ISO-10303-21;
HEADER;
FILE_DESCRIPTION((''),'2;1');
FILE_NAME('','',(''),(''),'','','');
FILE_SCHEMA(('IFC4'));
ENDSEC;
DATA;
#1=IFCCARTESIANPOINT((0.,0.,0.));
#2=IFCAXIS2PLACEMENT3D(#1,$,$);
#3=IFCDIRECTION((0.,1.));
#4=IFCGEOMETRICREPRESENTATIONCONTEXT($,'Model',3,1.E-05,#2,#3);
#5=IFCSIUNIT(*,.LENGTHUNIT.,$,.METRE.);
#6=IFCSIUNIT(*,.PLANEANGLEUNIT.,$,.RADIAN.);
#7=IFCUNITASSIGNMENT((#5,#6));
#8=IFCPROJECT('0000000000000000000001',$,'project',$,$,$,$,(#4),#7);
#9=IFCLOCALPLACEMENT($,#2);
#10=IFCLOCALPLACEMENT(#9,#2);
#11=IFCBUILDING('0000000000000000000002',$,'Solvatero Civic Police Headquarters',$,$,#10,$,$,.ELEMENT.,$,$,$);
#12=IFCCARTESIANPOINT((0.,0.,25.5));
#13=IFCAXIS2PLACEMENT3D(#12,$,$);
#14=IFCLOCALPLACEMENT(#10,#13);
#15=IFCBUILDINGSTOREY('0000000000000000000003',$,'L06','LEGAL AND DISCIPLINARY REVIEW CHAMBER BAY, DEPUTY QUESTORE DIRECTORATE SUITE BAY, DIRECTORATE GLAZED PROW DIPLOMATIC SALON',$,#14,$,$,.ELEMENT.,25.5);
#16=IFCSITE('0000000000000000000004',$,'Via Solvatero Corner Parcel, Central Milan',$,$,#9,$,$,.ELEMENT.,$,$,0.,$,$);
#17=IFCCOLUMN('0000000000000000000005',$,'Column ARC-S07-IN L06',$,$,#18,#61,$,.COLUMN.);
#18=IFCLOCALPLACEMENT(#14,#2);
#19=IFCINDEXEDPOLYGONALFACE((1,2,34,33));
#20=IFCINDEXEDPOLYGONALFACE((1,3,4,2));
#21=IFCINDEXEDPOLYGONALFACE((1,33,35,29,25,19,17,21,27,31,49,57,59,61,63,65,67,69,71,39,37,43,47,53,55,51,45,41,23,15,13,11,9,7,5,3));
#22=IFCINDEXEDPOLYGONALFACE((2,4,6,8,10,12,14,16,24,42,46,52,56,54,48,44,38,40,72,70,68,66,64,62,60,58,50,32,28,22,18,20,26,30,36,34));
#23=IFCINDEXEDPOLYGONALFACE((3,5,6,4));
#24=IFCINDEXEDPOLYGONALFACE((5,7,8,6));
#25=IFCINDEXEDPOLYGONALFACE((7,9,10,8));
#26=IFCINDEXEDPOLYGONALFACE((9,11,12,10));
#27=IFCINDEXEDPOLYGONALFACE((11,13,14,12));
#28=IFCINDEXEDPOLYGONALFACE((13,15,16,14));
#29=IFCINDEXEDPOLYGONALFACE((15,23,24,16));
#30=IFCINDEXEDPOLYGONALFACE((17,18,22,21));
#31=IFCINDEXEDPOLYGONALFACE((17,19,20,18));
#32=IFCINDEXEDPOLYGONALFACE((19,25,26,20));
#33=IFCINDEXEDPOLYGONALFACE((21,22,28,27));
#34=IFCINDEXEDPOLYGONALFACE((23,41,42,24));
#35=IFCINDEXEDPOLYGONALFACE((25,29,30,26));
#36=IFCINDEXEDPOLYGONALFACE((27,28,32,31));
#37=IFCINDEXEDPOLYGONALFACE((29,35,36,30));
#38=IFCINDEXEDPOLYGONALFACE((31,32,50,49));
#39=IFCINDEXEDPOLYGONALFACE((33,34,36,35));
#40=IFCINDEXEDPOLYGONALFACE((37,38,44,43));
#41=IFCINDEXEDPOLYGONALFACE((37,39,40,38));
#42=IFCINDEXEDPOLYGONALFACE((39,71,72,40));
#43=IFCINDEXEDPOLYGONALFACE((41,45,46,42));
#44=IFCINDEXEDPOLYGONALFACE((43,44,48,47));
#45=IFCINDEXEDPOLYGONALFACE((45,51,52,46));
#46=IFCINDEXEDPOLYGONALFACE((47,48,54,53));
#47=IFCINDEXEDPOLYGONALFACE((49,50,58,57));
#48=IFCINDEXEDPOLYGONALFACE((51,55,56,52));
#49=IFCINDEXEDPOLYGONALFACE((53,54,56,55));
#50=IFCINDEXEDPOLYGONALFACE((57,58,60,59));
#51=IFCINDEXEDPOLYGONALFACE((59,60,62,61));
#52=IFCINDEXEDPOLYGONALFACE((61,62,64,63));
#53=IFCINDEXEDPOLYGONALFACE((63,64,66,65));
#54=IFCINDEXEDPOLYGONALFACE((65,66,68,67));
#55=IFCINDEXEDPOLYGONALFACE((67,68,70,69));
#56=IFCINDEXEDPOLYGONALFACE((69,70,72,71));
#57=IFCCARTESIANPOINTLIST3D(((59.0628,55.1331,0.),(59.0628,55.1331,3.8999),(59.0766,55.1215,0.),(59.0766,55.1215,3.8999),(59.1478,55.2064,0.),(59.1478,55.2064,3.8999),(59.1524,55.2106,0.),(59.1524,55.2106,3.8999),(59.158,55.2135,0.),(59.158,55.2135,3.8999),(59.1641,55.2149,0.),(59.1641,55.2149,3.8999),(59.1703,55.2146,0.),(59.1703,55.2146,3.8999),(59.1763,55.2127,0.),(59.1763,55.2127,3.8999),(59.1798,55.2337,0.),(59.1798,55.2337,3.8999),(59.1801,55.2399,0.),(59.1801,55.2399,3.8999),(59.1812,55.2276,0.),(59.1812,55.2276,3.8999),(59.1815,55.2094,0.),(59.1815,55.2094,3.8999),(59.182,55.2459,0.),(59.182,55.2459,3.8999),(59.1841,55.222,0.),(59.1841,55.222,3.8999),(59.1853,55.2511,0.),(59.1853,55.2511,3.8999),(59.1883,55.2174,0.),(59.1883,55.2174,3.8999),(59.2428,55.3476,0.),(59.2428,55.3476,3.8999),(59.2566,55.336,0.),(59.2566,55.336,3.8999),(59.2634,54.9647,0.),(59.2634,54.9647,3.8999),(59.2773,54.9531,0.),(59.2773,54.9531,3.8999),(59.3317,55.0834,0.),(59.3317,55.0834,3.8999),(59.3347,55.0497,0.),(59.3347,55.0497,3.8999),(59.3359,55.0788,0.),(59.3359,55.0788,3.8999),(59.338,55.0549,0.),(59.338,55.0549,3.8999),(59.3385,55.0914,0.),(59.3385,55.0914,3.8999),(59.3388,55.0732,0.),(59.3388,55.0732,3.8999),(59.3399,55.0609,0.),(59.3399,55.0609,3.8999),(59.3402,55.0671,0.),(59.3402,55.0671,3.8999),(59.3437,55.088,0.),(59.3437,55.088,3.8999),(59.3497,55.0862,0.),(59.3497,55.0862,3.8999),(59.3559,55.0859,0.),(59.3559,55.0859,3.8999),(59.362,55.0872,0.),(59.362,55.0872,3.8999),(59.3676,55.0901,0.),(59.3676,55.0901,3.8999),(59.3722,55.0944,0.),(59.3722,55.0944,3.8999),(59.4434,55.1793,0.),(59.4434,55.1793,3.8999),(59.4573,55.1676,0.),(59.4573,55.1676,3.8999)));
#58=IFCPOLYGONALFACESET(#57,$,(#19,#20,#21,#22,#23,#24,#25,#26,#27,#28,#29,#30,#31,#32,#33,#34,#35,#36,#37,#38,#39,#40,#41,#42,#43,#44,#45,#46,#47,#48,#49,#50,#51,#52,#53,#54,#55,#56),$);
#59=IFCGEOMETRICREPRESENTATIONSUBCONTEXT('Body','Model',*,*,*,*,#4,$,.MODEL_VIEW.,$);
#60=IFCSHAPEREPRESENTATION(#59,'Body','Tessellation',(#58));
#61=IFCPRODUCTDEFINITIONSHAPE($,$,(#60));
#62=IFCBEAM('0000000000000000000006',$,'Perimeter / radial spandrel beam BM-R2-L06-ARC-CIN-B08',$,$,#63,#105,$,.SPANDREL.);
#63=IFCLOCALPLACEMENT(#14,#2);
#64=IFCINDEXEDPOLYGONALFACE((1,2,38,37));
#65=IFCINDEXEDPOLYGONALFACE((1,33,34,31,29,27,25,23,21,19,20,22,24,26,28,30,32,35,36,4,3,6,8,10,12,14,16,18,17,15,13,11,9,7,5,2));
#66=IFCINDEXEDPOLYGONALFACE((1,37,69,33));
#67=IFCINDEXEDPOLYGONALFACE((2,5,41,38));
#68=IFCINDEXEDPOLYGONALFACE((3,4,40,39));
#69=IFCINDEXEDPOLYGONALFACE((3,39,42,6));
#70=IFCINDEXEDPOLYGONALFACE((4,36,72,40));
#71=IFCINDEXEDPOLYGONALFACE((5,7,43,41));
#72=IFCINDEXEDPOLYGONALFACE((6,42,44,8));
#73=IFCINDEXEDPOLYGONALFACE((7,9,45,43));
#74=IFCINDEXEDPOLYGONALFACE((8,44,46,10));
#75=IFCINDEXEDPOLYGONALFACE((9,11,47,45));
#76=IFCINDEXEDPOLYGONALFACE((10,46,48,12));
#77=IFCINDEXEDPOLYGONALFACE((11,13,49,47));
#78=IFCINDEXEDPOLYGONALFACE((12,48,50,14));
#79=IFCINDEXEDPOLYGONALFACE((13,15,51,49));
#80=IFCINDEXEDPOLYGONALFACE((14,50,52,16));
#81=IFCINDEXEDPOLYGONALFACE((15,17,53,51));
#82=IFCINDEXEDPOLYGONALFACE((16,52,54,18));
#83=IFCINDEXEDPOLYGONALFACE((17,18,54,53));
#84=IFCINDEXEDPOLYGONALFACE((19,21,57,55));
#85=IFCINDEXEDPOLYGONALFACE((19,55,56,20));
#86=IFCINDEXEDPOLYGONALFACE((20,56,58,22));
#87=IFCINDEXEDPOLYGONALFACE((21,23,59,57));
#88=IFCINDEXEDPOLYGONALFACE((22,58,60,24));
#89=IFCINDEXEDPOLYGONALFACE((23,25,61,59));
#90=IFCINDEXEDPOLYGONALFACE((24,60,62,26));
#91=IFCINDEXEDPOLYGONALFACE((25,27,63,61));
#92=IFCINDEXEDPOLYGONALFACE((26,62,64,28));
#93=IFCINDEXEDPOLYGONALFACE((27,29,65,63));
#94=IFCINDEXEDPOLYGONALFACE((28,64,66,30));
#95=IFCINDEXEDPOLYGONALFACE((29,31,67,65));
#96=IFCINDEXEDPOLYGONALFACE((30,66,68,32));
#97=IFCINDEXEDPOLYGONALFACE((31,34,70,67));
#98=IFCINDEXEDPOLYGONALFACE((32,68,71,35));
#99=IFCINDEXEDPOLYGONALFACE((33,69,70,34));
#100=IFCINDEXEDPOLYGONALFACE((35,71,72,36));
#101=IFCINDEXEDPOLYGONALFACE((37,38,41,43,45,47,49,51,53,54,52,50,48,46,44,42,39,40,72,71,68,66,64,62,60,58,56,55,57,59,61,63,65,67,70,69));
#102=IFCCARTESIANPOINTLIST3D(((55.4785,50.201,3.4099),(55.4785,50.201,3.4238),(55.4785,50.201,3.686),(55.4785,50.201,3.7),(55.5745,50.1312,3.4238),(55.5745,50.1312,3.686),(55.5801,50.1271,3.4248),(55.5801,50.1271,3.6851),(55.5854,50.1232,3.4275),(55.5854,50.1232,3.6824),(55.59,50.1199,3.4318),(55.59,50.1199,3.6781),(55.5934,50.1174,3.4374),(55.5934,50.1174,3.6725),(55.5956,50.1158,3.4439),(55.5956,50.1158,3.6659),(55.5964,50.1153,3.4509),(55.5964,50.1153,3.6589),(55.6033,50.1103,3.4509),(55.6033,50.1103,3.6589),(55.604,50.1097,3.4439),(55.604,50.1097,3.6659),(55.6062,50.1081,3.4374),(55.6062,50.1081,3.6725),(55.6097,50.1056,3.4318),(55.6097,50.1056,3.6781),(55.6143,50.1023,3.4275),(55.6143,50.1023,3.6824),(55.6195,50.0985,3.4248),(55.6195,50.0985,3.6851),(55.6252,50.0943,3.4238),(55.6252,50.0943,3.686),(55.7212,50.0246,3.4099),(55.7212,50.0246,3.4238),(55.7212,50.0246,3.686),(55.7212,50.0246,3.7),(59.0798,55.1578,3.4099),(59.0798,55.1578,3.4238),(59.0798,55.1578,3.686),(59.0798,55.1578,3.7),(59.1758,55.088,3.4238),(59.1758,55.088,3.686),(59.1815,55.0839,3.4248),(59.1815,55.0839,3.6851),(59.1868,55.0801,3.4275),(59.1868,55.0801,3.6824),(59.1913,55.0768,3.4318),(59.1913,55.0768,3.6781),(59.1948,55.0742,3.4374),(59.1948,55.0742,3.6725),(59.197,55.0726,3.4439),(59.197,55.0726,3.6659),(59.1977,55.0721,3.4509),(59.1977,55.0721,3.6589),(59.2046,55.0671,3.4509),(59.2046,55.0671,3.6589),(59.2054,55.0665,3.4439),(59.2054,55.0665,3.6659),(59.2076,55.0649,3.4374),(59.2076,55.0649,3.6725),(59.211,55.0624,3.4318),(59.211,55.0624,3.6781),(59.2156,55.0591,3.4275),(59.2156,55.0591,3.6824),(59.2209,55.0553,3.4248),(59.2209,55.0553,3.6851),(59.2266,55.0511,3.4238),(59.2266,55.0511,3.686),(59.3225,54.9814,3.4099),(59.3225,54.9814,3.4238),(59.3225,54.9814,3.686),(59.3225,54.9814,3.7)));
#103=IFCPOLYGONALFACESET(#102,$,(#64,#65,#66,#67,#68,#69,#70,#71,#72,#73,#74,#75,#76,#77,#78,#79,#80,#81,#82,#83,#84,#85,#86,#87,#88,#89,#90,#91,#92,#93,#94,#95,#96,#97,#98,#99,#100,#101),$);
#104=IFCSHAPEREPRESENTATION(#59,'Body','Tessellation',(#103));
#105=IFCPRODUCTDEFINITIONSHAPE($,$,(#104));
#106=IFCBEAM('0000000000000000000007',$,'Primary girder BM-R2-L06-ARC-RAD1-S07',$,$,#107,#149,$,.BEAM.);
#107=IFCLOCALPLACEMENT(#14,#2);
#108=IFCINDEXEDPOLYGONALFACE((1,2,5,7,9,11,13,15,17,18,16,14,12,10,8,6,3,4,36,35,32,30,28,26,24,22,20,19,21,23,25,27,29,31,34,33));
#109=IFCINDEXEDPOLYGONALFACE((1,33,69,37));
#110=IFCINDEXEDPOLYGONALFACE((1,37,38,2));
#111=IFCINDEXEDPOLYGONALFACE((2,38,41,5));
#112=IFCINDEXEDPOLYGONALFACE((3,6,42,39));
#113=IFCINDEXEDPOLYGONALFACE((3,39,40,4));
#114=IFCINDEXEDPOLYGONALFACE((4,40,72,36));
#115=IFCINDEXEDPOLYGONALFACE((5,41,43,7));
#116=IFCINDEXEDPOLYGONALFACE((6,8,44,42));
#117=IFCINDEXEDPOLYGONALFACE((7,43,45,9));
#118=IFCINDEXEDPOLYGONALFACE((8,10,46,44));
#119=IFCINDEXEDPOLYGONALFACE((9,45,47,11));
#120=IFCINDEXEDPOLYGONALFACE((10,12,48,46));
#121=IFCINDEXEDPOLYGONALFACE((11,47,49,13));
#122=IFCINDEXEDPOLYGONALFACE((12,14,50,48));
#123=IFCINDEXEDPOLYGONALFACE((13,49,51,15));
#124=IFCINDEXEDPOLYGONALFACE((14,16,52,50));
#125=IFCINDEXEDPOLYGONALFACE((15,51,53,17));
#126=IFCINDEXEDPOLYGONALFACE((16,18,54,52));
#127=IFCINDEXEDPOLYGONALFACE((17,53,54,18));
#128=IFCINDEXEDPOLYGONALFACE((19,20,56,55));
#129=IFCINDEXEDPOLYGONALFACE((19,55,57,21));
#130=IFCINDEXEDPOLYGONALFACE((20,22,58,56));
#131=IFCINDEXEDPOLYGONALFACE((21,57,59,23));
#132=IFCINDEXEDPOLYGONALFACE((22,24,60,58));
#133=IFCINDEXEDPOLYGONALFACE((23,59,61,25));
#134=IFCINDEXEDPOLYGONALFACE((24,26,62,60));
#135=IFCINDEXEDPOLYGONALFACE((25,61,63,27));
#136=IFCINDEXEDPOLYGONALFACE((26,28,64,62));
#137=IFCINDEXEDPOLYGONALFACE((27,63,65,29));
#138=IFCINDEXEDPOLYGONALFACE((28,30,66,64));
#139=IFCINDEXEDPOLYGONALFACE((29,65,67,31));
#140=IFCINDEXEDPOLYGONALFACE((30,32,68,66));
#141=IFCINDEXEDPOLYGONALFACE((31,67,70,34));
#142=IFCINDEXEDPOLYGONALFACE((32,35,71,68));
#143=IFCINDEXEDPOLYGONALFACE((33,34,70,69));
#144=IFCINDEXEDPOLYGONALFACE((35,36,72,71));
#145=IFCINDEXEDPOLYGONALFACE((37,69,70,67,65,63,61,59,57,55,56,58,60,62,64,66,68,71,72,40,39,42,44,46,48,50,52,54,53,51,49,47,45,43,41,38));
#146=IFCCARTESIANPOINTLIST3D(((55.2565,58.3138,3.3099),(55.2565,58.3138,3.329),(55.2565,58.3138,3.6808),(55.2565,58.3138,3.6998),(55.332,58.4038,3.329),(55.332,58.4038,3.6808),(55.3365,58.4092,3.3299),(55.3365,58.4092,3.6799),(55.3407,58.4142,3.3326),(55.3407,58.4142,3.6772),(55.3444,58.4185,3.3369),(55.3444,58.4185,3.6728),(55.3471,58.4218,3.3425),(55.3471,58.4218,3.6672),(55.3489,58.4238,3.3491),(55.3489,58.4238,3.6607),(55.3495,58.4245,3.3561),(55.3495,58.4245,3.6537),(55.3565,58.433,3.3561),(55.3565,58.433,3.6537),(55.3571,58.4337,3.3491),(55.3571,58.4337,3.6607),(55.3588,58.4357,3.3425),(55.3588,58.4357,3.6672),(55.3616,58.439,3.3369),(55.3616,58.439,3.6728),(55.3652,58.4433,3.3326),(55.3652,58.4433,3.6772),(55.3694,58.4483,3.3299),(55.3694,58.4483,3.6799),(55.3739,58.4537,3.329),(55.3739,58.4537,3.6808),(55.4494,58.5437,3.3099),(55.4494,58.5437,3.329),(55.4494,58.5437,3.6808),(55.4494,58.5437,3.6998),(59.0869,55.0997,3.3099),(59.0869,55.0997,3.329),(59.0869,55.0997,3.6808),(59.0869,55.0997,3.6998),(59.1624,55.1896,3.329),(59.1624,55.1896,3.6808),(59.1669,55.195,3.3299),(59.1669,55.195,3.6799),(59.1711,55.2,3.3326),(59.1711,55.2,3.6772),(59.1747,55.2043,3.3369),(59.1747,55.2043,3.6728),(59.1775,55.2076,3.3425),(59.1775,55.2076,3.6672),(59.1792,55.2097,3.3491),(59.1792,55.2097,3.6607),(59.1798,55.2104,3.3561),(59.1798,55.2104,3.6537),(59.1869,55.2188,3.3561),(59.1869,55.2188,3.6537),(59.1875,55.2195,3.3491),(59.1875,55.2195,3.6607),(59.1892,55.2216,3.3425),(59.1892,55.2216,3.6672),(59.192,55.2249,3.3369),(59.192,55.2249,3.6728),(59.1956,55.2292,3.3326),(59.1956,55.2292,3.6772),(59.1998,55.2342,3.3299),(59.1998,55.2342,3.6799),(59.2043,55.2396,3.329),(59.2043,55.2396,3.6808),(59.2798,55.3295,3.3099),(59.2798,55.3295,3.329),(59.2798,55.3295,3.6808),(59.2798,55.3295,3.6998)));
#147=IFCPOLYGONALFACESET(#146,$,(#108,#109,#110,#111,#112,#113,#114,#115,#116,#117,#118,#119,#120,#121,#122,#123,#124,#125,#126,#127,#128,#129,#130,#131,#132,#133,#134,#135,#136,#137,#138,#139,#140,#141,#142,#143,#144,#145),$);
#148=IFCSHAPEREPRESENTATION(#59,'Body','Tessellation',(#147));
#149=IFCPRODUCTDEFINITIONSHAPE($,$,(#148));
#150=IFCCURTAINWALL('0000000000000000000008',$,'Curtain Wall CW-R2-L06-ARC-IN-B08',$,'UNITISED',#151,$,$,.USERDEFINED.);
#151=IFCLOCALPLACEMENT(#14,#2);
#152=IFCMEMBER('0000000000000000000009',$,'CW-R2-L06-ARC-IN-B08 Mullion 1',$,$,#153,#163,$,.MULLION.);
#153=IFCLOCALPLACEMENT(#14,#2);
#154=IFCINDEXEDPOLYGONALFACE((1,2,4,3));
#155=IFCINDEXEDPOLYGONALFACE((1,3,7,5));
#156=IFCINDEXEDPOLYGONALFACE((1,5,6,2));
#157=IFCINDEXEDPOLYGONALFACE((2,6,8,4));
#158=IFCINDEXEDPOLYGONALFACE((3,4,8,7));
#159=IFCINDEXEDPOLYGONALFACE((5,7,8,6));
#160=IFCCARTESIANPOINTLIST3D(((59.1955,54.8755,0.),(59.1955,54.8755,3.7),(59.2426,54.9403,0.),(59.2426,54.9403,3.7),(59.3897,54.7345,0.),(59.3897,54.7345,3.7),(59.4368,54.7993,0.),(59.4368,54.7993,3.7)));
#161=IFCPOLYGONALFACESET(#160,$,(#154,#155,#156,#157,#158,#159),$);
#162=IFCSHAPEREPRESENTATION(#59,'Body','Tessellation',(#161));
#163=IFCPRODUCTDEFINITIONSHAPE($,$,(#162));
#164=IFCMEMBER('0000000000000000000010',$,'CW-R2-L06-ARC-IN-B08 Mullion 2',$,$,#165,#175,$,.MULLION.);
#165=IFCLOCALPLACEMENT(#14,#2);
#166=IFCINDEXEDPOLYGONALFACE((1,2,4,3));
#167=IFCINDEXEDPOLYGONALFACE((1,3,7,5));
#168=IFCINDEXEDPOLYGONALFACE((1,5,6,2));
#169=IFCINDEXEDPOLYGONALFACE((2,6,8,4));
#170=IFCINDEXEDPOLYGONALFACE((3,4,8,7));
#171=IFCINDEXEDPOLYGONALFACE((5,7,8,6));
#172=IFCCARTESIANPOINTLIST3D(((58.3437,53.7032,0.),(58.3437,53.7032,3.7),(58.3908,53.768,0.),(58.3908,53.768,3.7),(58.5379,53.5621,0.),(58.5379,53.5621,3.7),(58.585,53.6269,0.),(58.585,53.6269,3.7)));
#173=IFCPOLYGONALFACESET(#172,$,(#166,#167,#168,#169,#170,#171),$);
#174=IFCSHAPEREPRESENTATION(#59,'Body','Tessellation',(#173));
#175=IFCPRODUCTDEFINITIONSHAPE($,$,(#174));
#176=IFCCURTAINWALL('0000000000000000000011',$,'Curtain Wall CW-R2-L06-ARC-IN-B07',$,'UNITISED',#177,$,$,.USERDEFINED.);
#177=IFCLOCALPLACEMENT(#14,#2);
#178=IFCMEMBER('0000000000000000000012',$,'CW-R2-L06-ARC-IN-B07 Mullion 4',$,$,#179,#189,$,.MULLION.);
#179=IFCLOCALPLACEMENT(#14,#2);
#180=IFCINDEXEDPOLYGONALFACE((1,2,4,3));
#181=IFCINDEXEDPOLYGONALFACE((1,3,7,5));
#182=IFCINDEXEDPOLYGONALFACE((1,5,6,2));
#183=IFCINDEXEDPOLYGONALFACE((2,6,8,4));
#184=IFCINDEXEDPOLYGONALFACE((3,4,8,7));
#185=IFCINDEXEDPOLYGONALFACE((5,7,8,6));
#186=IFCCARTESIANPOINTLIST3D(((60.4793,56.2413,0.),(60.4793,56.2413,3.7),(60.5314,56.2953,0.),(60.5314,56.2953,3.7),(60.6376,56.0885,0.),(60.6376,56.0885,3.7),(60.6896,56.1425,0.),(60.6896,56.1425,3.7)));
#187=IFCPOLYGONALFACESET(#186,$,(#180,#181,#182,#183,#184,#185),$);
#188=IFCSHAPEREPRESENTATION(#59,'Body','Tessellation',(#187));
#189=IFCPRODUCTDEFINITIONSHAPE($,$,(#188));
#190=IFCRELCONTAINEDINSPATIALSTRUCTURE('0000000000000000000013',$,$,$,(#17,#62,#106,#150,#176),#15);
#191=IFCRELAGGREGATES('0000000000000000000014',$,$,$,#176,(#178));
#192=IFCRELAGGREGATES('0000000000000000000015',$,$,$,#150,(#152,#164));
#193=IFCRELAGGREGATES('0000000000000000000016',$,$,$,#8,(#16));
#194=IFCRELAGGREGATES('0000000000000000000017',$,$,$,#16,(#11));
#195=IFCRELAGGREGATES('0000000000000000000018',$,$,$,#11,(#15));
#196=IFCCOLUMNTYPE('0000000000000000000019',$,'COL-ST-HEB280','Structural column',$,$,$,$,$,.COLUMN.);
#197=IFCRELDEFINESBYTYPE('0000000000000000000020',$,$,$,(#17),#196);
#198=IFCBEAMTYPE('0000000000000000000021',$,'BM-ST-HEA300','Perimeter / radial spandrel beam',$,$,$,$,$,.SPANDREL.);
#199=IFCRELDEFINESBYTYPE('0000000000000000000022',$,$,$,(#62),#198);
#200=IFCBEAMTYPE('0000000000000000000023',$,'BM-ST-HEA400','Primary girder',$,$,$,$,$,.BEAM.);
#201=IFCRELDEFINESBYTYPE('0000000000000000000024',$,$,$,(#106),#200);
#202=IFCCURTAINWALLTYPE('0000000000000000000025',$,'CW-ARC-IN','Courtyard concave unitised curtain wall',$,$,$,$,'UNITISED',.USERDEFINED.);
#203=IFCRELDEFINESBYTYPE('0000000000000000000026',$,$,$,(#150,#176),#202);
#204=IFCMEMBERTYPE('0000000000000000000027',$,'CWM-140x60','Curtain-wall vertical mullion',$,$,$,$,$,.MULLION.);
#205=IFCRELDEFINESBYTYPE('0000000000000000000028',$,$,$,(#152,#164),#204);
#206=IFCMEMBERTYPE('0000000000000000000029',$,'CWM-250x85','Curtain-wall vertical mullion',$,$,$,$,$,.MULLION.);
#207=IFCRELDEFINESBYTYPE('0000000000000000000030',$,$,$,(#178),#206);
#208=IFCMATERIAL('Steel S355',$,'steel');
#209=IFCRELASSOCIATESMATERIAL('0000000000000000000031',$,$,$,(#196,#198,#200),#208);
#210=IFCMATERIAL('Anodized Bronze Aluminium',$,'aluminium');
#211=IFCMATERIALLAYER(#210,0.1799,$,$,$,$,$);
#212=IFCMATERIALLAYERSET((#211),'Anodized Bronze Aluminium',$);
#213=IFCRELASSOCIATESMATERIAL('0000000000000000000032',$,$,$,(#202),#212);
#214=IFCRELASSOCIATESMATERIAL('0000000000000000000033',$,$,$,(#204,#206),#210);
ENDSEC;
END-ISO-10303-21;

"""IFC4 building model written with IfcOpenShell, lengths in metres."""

from ifc_helpers import new_model, si_unit, direction, frame, origin, origin_2d, place, context, subcontext, project, spatial, rectangle, i_section, extrude, material, layer, layer_set, material_profile, profile_set, type_object, element, aggregate, save


model = new_model("IFC4")

# Units and contexts
model_context = context("Model", 3, precision=1e-05, world=origin(), true_north=direction((0.0, 1.0)))
body_context = subcontext(model_context, "Body", "Model", "MODEL_VIEW")
ifc_project = project(units=[si_unit("LENGTHUNIT", "METRE"), si_unit("PLANEANGLEUNIT", "RADIAN")], contexts=[model_context])

# Site, building, storey
site_placement = place(None, origin())
site = spatial("IfcSite", under=ifc_project, at=site_placement, Name="Via Solvatero Corner Parcel, Central Milan", CompositionType="ELEMENT", RefElevation=0.0)
building_placement = place(site_placement, origin())
building = spatial("IfcBuilding", under=site, at=building_placement, Name="Solvatero Civic Police Headquarters", CompositionType="ELEMENT")
storey_placement = place(building_placement, frame((0.0, 0.0, 25.5)))
storey = spatial("IfcBuildingStorey", under=building, at=storey_placement, Name="L06", Description="LEGAL AND DISCIPLINARY REVIEW CHAMBER BAY, DEPUTY QUESTORE DIRECTORATE SUITE BAY, DIRECTORATE GLAZED PROW DIPLOMATIC SALON", CompositionType="ELEMENT", Elevation=25.5)

# Column
ifc_material_1 = material(Name="Steel S355", Category="steel")
ifc_material_profile_1 = material_profile(ifc_material_1, i_section(OverallWidth=0.28, OverallDepth=0.28, WebThickness=0.0105, FlangeThickness=0.0181, FilletRadius=0.0239, at=origin_2d()), Name="HEB 280")
ifc_profile_set_1 = profile_set([ifc_material_profile_1], Name="Steel S355")
column_type = type_object("IfcColumnType", Name="COL-ST-HEB280", Description="Structural column", PredefinedType="COLUMN", material=ifc_profile_set_1)
column_placement = place(storey_placement, frame((59.26, 55.1504, 0.0), z_axis=(0.0, 0.0, 1.0), x_axis=(0.642788, 0.766044, 0.0)))
element("IfcColumn", 1, at=column_placement, inside=storey, type_object=column_type, Name="Column ARC-S07-IN L06", PredefinedType="COLUMN", context=body_context, shape_type="SweptSolid", body=[
    extrude(i_section(OverallWidth=0.28, OverallDepth=0.28, WebThickness=0.0105, FlangeThickness=0.0181, FilletRadius=0.0239, at=origin_2d()), origin(), (0.0, 0.0, 1.0), 3.8999),
])

# Beams
ifc_material_profile_2 = material_profile(ifc_material_1, i_section(OverallWidth=0.3, OverallDepth=0.29, WebThickness=0.0085, FlangeThickness=0.0139, FilletRadius=0.0271, at=origin_2d()), Name="HEA 300")
ifc_profile_set_2 = profile_set([ifc_material_profile_2], Name="Steel S355")
beam_type_1 = type_object("IfcBeamType", Name="BM-ST-HEA300", Description="Perimeter / radial spandrel beam", PredefinedType="SPANDREL", material=ifc_profile_set_2)
beam_1_placement = place(storey_placement, frame((59.2012, 55.0696, 3.5549), z_axis=(-0.587785, -0.809017, 0.0), x_axis=(0.809017, -0.587785, 0.0)))
element("IfcBeam", 2, at=beam_1_placement, inside=storey, type_object=beam_type_1, Name="Perimeter / radial spandrel beam BM-R2-L06-ARC-CIN-B08", PredefinedType="SPANDREL", context=body_context, shape_type="SweptSolid", body=[
    extrude(i_section(OverallWidth=0.3, OverallDepth=0.29, WebThickness=0.0085, FlangeThickness=0.0139, FilletRadius=0.0271, at=origin_2d()), origin(), (0.0, 0.0, 1.0), 6.127),
])
ifc_material_profile_3 = material_profile(ifc_material_1, i_section(OverallWidth=0.3, OverallDepth=0.3899, WebThickness=0.011, FlangeThickness=0.019, FilletRadius=0.0271, at=origin_2d()), Name="HEA 400")
ifc_profile_set_3 = profile_set([ifc_material_profile_3], Name="Steel S355")
beam_type_2 = type_object("IfcBeamType", Name="BM-ST-HEA400", Description="Primary girder", PredefinedType="BEAM", material=ifc_profile_set_3)
beam_2_placement = place(storey_placement, frame((59.1833, 55.2146, 3.5049), z_axis=(-0.766036, 0.642798, 0.0), x_axis=(-0.642798, -0.766036, 0.0)))
element("IfcBeam", 3, at=beam_2_placement, inside=storey, type_object=beam_type_2, Name="Primary girder BM-R2-L06-ARC-RAD1-S07", PredefinedType="BEAM", context=body_context, shape_type="SweptSolid", body=[
    extrude(i_section(OverallWidth=0.3, OverallDepth=0.3899, WebThickness=0.011, FlangeThickness=0.019, FilletRadius=0.0271, at=origin_2d()), origin(), (0.0, 0.0, 1.0), 5.0002),
])

# Curtain walls, members
ifc_material_2 = material(Name="Anodized Bronze Aluminium", Category="aluminium")
ifc_layer_1 = layer(ifc_material_2, 0.1799)
ifc_layer_set_1 = layer_set([ifc_layer_1], Name="Anodized Bronze Aluminium")
curtain_wall_type = type_object("IfcCurtainWallType", Name="CW-ARC-IN", Description="Courtyard concave unitised curtain wall", ElementType="UNITISED", PredefinedType="USERDEFINED", material=ifc_layer_set_1)
curtain_wall_1_placement = place(storey_placement, origin())
curtain_wall_1 = element("IfcCurtainWall", 4, at=curtain_wall_1_placement, inside=storey, type_object=curtain_wall_type, Name="Curtain Wall CW-R2-L06-ARC-IN-B08", ObjectType="UNITISED", PredefinedType="USERDEFINED")
ifc_material_profile_4 = material_profile(ifc_material_2, rectangle(XDim=0.0801, YDim=0.24, at=origin_2d()), Name="ALU MULLION 80x240")
ifc_profile_set_4 = profile_set([ifc_material_profile_4], Name="Anodized Bronze Aluminium")
member_type_1 = type_object("IfcMemberType", Name="CWM-140x60", Description="Curtain-wall vertical mullion", PredefinedType="MULLION", material=ifc_profile_set_4)
member_1_placement = place(storey_placement, frame((59.3162, 54.8374, 0.0), z_axis=(0.0, 0.0, 1.0), x_axis=(-0.587785, -0.809017, 0.0)))
member_1 = element("IfcMember", 5, at=member_1_placement, type_object=member_type_1, Name="CW-R2-L06-ARC-IN-B08 Mullion 1", PredefinedType="MULLION", context=body_context, shape_type="SweptSolid", body=[
    extrude(rectangle(XDim=0.0801, YDim=0.24, at=origin_2d()), origin(), (0.0, 0.0, 1.0), 3.7),
])
member_2_placement = place(storey_placement, frame((58.4644, 53.665, 0.0), z_axis=(0.0, 0.0, 1.0), x_axis=(-0.587785, -0.809017, 0.0)))
member_2 = element("IfcMember", 6, at=member_2_placement, type_object=member_type_1, Name="CW-R2-L06-ARC-IN-B08 Mullion 2", PredefinedType="MULLION", context=body_context, shape_type="SweptSolid", body=[
    extrude(rectangle(XDim=0.0801, YDim=0.24, at=origin_2d()), origin(), (0.0, 0.0, 1.0), 3.7),
])
curtain_wall_2_placement = place(storey_placement, origin())
curtain_wall_2 = element("IfcCurtainWall", 7, at=curtain_wall_2_placement, inside=storey, type_object=curtain_wall_type, Name="Curtain Wall CW-R2-L06-ARC-IN-B07", ObjectType="UNITISED", PredefinedType="USERDEFINED")
ifc_material_profile_5 = material_profile(ifc_material_2, rectangle(XDim=0.075, YDim=0.22, at=origin_2d()), Name="ALU MULLION 75x220")
ifc_profile_set_5 = profile_set([ifc_material_profile_5], Name="Anodized Bronze Aluminium")
member_type_2 = type_object("IfcMemberType", Name="CWM-250x85", Description="Curtain-wall vertical mullion", PredefinedType="MULLION", material=ifc_profile_set_5)
member_3_placement = place(storey_placement, frame((60.5845, 56.1919, 0.0), z_axis=(0.0, 0.0, 1.0), x_axis=(-0.694646, -0.719352, 0.0)))
member_3 = element("IfcMember", 8, at=member_3_placement, type_object=member_type_2, Name="CW-R2-L06-ARC-IN-B07 Mullion 4", PredefinedType="MULLION", context=body_context, shape_type="SweptSolid", body=[
    extrude(rectangle(XDim=0.075, YDim=0.22, at=origin_2d()), origin(), (0.0, 0.0, 1.0), 3.7),
])

aggregate(curtain_wall_2, [member_3])
aggregate(curtain_wall_1, [member_1, member_2])

save(model, "model.ifc")
